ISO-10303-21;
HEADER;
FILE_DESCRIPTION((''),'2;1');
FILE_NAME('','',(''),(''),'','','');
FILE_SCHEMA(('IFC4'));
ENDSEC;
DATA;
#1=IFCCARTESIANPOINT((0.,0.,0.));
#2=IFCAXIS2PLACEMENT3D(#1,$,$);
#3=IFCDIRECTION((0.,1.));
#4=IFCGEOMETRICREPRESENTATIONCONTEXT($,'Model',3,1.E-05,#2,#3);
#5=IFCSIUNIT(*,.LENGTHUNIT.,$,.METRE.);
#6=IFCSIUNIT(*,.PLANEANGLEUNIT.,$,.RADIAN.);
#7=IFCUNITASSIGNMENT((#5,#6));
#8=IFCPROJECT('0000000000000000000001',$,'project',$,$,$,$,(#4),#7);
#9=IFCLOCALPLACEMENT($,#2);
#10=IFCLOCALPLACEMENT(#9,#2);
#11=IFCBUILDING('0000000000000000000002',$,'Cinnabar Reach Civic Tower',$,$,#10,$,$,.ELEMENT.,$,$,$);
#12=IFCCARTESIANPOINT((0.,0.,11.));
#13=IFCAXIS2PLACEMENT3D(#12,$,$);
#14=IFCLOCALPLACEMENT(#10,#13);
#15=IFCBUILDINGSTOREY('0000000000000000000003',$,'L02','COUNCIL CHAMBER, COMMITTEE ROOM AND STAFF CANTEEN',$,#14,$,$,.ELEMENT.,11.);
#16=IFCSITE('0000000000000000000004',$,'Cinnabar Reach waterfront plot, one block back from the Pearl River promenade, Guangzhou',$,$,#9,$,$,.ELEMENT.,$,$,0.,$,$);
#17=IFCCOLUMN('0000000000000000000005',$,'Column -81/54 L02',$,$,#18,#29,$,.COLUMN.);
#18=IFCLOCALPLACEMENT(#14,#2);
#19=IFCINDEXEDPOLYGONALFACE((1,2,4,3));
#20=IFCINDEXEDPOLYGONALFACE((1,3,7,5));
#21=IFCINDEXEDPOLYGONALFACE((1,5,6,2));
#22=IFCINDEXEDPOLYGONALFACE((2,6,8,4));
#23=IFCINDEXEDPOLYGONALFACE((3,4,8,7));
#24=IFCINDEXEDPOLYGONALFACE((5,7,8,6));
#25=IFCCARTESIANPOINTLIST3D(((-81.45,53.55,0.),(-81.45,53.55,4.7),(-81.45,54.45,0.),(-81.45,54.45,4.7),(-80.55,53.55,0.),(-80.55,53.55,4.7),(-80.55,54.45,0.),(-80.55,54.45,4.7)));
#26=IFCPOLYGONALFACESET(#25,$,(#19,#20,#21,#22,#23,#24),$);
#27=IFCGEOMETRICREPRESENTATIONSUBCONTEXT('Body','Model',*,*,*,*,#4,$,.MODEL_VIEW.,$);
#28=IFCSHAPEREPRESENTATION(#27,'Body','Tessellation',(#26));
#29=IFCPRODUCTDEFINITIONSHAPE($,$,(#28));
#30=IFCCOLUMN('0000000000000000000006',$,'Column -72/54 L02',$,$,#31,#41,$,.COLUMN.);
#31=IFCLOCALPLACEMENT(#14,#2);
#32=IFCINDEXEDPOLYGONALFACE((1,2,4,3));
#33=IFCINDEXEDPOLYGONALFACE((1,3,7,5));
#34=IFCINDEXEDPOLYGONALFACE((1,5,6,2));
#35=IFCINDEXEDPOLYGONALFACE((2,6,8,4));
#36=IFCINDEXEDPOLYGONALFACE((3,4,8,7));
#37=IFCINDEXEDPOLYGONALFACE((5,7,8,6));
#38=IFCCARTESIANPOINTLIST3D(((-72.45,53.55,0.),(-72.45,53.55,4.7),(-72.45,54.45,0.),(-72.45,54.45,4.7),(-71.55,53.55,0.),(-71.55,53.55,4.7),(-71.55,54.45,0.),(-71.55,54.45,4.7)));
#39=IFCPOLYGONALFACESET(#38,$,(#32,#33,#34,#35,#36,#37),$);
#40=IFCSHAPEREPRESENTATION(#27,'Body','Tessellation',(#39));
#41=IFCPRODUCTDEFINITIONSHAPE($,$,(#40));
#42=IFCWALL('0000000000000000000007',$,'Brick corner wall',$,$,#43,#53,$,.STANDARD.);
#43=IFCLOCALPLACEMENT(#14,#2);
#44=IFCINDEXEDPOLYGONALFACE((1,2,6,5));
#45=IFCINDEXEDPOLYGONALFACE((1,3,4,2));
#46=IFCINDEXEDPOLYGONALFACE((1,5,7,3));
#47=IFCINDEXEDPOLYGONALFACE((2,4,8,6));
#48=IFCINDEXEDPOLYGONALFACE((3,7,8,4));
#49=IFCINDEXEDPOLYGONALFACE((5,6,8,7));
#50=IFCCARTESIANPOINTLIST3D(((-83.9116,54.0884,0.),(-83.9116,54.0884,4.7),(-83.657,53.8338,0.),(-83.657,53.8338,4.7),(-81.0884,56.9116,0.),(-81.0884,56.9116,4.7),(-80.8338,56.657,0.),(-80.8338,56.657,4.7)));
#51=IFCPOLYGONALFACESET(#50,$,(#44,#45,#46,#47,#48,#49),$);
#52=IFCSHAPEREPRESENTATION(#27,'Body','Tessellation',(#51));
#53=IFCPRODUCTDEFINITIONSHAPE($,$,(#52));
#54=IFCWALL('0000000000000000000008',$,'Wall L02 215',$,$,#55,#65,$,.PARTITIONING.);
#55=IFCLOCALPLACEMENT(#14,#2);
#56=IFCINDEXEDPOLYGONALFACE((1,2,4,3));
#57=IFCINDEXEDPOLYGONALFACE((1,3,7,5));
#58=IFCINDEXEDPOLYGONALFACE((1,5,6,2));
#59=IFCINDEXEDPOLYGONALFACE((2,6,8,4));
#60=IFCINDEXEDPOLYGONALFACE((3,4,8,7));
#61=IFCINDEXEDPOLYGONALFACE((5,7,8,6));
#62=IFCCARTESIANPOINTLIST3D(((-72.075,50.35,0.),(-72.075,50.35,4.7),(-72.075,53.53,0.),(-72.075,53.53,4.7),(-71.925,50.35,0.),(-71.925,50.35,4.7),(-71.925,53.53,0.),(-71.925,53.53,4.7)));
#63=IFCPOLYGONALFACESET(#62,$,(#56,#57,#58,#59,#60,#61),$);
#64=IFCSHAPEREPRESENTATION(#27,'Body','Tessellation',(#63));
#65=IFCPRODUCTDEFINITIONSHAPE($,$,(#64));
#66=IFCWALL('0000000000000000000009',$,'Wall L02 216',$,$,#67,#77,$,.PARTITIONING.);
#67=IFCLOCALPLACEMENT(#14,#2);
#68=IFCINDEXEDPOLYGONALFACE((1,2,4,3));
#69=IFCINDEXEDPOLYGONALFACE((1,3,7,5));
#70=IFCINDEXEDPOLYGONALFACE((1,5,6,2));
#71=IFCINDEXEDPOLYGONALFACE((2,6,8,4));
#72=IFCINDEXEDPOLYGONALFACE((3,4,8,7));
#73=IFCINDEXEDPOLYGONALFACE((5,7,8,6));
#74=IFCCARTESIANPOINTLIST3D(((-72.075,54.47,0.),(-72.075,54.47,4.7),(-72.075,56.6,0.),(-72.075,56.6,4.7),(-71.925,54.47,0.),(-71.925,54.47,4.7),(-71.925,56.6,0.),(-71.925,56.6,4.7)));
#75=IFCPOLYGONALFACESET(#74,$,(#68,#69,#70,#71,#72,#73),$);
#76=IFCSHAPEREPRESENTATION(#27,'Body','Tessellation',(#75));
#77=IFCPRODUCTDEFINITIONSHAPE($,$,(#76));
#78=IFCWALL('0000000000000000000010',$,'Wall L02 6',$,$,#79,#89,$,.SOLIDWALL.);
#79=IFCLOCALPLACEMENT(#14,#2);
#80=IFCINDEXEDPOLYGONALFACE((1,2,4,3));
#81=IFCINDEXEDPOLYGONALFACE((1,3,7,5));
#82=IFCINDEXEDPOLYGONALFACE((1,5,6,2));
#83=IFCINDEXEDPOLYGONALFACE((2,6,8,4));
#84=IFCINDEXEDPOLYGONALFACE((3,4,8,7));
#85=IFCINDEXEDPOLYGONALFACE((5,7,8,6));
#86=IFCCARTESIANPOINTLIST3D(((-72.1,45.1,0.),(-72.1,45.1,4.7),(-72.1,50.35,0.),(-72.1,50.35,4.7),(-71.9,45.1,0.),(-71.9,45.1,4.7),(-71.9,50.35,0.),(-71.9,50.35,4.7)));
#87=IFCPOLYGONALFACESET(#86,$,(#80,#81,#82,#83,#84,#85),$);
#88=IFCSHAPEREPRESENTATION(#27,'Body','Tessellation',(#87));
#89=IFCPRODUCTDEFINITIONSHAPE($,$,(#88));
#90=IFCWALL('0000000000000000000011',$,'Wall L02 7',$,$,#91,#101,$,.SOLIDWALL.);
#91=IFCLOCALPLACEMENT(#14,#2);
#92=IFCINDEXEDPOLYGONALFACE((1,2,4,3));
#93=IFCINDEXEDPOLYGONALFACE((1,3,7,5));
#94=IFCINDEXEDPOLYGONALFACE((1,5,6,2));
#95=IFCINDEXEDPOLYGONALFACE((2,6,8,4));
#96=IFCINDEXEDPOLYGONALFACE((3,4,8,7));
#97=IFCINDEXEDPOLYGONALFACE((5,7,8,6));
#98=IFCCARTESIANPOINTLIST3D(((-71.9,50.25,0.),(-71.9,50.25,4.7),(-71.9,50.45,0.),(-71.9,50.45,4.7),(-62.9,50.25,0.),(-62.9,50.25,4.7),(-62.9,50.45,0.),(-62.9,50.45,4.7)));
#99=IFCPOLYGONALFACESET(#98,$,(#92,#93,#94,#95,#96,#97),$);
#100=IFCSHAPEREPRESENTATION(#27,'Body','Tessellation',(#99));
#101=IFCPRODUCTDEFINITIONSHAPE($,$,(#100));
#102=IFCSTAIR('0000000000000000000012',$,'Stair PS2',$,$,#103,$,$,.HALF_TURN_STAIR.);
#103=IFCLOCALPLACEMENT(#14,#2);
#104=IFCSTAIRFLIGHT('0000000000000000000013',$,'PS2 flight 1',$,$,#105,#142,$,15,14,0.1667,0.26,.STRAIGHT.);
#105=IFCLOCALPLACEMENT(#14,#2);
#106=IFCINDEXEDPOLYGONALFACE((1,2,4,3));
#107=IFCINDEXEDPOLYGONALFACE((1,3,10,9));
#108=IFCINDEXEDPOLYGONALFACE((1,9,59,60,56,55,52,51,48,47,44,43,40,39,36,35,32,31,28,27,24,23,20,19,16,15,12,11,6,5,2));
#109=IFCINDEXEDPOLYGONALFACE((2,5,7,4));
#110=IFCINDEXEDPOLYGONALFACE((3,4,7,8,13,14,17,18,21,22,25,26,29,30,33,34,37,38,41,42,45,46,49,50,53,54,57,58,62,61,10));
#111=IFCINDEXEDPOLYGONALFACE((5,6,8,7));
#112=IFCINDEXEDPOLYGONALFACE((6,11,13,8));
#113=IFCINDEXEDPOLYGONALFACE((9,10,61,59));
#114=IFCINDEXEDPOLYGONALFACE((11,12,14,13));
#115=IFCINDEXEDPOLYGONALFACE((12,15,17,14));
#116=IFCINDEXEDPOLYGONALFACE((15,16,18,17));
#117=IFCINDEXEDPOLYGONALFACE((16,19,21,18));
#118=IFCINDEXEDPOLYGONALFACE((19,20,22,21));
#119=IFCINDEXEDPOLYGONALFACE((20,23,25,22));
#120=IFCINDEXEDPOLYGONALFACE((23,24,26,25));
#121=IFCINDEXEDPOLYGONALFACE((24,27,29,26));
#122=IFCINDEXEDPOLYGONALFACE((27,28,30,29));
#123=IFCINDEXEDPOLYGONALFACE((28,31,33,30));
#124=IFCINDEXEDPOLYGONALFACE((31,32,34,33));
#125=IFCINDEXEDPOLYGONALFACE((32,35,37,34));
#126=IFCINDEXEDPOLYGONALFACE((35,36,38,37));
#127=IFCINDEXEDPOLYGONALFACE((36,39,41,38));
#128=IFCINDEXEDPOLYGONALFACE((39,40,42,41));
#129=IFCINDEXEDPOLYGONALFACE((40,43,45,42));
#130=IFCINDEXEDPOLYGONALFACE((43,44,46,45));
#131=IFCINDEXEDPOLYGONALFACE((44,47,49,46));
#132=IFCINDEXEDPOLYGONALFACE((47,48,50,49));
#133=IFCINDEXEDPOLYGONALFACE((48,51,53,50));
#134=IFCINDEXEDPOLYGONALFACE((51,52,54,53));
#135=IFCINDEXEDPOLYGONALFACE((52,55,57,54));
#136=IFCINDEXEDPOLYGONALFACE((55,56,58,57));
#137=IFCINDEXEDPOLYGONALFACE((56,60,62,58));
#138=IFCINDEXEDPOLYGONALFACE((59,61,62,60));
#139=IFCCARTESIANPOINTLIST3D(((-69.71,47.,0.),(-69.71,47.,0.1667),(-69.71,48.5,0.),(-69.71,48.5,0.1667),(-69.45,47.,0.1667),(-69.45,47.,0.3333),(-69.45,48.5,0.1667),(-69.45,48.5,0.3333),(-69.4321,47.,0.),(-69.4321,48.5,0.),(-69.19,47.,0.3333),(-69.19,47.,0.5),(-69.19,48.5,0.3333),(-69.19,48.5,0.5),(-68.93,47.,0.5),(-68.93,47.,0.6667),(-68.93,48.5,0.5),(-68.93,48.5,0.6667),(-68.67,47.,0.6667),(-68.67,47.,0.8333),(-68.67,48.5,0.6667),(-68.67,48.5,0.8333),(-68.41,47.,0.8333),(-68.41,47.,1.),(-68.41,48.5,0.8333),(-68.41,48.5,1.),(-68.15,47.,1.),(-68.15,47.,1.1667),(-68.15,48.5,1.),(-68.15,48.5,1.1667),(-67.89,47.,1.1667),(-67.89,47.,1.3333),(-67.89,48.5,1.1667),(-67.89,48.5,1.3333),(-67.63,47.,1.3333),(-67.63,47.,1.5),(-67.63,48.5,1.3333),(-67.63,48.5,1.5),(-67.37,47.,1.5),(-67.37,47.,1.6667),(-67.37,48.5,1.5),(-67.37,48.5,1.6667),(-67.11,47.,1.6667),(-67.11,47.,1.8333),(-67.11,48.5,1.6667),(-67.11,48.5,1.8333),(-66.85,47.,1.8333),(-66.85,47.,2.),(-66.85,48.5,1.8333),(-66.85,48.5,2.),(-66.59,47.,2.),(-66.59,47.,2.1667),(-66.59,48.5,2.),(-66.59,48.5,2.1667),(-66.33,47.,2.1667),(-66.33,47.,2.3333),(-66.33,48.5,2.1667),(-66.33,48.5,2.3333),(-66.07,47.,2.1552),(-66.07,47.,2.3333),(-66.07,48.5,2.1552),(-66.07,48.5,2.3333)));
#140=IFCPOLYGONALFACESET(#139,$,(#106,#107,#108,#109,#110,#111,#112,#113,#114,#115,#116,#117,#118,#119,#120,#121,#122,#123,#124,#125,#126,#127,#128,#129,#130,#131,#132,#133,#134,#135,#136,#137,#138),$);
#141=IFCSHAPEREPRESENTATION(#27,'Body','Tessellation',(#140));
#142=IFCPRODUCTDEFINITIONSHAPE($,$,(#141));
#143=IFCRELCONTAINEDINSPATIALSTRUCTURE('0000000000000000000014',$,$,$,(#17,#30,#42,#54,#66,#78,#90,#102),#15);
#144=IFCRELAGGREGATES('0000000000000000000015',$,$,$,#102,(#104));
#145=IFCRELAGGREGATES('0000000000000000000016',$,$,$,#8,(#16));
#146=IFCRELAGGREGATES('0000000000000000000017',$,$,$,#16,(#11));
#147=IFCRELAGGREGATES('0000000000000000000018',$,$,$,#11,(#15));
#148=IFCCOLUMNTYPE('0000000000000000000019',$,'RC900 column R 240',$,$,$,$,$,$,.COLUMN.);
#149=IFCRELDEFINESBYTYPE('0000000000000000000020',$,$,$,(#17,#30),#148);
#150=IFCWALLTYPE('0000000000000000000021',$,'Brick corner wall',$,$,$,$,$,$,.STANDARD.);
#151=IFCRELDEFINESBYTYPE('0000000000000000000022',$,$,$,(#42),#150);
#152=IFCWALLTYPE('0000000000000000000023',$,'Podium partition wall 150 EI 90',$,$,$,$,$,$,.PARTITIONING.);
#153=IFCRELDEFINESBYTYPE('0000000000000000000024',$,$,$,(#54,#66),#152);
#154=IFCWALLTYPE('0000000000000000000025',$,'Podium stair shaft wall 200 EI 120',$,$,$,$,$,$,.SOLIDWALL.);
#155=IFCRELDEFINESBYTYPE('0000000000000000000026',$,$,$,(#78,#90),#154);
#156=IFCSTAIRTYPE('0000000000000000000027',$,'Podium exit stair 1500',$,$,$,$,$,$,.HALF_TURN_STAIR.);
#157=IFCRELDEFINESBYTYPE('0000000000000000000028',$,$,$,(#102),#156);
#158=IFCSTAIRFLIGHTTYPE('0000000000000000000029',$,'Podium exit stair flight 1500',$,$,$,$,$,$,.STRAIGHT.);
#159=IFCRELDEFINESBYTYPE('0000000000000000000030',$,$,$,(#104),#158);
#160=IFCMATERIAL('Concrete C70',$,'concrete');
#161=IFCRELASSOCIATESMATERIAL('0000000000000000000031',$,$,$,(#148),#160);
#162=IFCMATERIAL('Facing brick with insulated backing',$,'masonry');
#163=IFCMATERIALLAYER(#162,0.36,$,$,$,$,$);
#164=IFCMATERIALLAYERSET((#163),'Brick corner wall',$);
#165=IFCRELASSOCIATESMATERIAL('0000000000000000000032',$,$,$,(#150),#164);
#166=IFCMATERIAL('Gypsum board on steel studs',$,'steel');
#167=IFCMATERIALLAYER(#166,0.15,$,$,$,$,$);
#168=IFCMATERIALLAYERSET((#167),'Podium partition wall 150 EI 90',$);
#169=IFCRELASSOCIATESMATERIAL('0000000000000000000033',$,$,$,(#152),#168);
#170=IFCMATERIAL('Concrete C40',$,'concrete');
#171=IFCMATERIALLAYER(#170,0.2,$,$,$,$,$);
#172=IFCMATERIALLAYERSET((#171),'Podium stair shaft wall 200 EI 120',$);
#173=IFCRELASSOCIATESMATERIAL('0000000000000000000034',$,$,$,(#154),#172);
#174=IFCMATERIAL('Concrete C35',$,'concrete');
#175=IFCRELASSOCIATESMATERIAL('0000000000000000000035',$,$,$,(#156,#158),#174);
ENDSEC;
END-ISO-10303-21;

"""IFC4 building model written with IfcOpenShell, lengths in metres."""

from ifc_helpers import new_model, si_unit, direction, frame, frame_2d, origin, origin_2d, place, context, subcontext, project, spatial, polyline, rectangle, outline, extrude, material, layer, layer_set, material_profile, profile_set, type_object, element, aggregate, save


model = new_model("IFC4")

# Units and contexts
model_context = context("Model", 3, precision=1e-05, world=origin(), true_north=direction((0.0, 1.0)))
body_context = subcontext(model_context, "Body", "Model", "MODEL_VIEW")
ifc_project = project(units=[si_unit("LENGTHUNIT", "METRE"), si_unit("PLANEANGLEUNIT", "RADIAN")], contexts=[model_context])

# Site, building, storey
site_placement = place(None, origin())
site = spatial("IfcSite", under=ifc_project, at=site_placement, Name="Cinnabar Reach waterfront plot, one block back from the Pearl River promenade, Guangzhou", CompositionType="ELEMENT", RefElevation=0.0)
building_placement = place(site_placement, origin())
building = spatial("IfcBuilding", under=site, at=building_placement, Name="Cinnabar Reach Civic Tower", CompositionType="ELEMENT")
storey_placement = place(building_placement, frame((0.0, 0.0, 11.0)))
storey = spatial("IfcBuildingStorey", under=building, at=storey_placement, Name="L02", Description="COUNCIL CHAMBER, COMMITTEE ROOM AND STAFF CANTEEN", CompositionType="ELEMENT", Elevation=11.0)

# Columns
ifc_material_1 = material(Name="Concrete C70", Category="concrete")
ifc_material_profile = material_profile(ifc_material_1, rectangle(XDim=0.9, YDim=0.9, at=origin_2d()), Name="RC900")
ifc_profile_set = profile_set([ifc_material_profile], Name="Concrete C70")
column_type = type_object("IfcColumnType", Name="RC900 column R 240", PredefinedType="COLUMN", material=ifc_profile_set)
for number, where, z_axis, x_axis, name in (
    (1, (-81.0, 54.0, 0.0), (0.0, 0.0, 1.0), (1.0, 0.0, 0.0), "Column -81/54 L02"),
    (2, (-72.0, 54.0, 0.0), (0.0, 0.0, 1.0), (1.0, 0.0, 0.0), "Column -72/54 L02"),
):
    element("IfcColumn", number, at=place(storey_placement, frame(where, z_axis=z_axis, x_axis=x_axis)), inside=storey, type_object=column_type, Name=name, PredefinedType="COLUMN", context=body_context, shape_type="SweptSolid", body=[
        extrude(rectangle(XDim=0.9, YDim=0.9, at=origin_2d()), origin(), (0.0, 0.0, 1.0), 4.7),
    ])

# Wall
ifc_material_2 = material(Name="Facing brick with insulated backing", Category="masonry")
ifc_layer_1 = layer(ifc_material_2, 0.36)
ifc_layer_set_1 = layer_set([ifc_layer_1], Name="Brick corner wall")
wall_type_1 = type_object("IfcWallType", Name="Brick corner wall", PredefinedType="STANDARD", material=ifc_layer_set_1)
wall_1_placement = place(storey_placement, frame((-80.9611, 56.7843, 0.0), z_axis=(0.0, 0.0, 1.0), x_axis=(-0.707107, -0.707107, 0.0)))
element("IfcWall", 3, at=wall_1_placement, inside=storey, type_object=wall_type_1, Name="Brick corner wall", PredefinedType="STANDARD", context=body_context, shape_type="SweptSolid", body=[
    extrude(rectangle(XDim=3.9926, YDim=0.36, at=frame_2d((1.9963, 0.0))), origin(), (0.0, 0.0, 1.0), 4.7),
])

# Walls
ifc_material_3 = material(Name="Gypsum board on steel studs", Category="steel")
ifc_layer_2 = layer(ifc_material_3, 0.15)
ifc_layer_set_2 = layer_set([ifc_layer_2], Name="Podium partition wall 150 EI 90")
wall_type_2 = type_object("IfcWallType", Name="Podium partition wall 150 EI 90", PredefinedType="PARTITIONING", material=ifc_layer_set_2)
wall_2_placement = place(storey_placement, frame((-72.0, 50.35, 0.0), z_axis=(0.0, 0.0, 1.0), x_axis=(0.0, 1.0, 0.0)))
element("IfcWall", 4, at=wall_2_placement, inside=storey, type_object=wall_type_2, Name="Wall L02 215", PredefinedType="PARTITIONING", context=body_context, shape_type="SweptSolid", body=[
    extrude(rectangle(XDim=3.18, YDim=0.15, at=frame_2d((1.59, 0.0))), origin(), (0.0, 0.0, 1.0), 4.7),
])
wall_3_placement = place(storey_placement, frame((-72.0, 54.47, 0.0), z_axis=(0.0, 0.0, 1.0), x_axis=(0.0, 1.0, 0.0)))
element("IfcWall", 5, at=wall_3_placement, inside=storey, type_object=wall_type_2, Name="Wall L02 216", PredefinedType="PARTITIONING", context=body_context, shape_type="SweptSolid", body=[
    extrude(rectangle(XDim=2.13, YDim=0.15, at=frame_2d((1.065, 0.0))), origin(), (0.0, 0.0, 1.0), 4.7),
])
ifc_material_4 = material(Name="Concrete C40", Category="concrete")
ifc_layer_3 = layer(ifc_material_4, 0.2)
ifc_layer_set_3 = layer_set([ifc_layer_3], Name="Podium stair shaft wall 200 EI 120")
wall_type_3 = type_object("IfcWallType", Name="Podium stair shaft wall 200 EI 120", PredefinedType="SOLIDWALL", material=ifc_layer_set_3)
wall_4_placement = place(storey_placement, frame((-72.0, 45.1, 0.0), z_axis=(0.0, 0.0, 1.0), x_axis=(0.0, 1.0, 0.0)))
element("IfcWall", 6, at=wall_4_placement, inside=storey, type_object=wall_type_3, Name="Wall L02 6", PredefinedType="SOLIDWALL", context=body_context, shape_type="SweptSolid", body=[
    extrude(rectangle(XDim=5.25, YDim=0.2, at=frame_2d((2.625, 0.0))), origin(), (0.0, 0.0, 1.0), 4.7),
])
wall_5_placement = place(storey_placement, frame((-71.9, 50.35, 0.0), z_axis=(0.0, 0.0, 1.0), x_axis=(1.0, 0.0, 0.0)))
element("IfcWall", 7, at=wall_5_placement, inside=storey, type_object=wall_type_3, Name="Wall L02 7", PredefinedType="SOLIDWALL", context=body_context, shape_type="SweptSolid", body=[
    extrude(rectangle(XDim=9.0, YDim=0.2, at=frame_2d((4.5, 0.0))), origin(), (0.0, 0.0, 1.0), 4.7),
])

# Stair, stair flight
ifc_material_5 = material(Name="Concrete C35", Category="concrete")
stair_type = type_object("IfcStairType", Name="Podium exit stair 1500", PredefinedType="HALF_TURN_STAIR", material=ifc_material_5)
stair_placement = place(storey_placement, origin())
stair = element("IfcStair", 8, at=stair_placement, inside=storey, type_object=stair_type, Name="Stair PS2", PredefinedType="HALF_TURN_STAIR")
stair_flight_type = type_object("IfcStairFlightType", Name="Podium exit stair flight 1500", PredefinedType="STRAIGHT", material=ifc_material_5)
stair_flight_placement = place(storey_placement, frame((-69.71, 47.75, 0.0), z_axis=(0.0, 0.0, 1.0), x_axis=(1.0, 0.0, 0.0)))
stair_flight = element("IfcStairFlight", 9, at=stair_flight_placement, type_object=stair_flight_type, Name="PS2 flight 1", NumberOfRisers=15, NumberOfTreads=14, PredefinedType="STRAIGHT", RiserHeight=0.1667, TreadLength=0.26, context=body_context, shape_type="SweptSolid", body=[
    extrude(outline(polyline([(0.0, 0.0), (0.0, 0.1667), (0.26, 0.1667), (0.26, 0.3333), (0.52, 0.3333), (0.52, 0.5), (0.78, 0.5), (0.78, 0.6667), (1.04, 0.6667), (1.04, 0.8333), (1.3, 0.8333), (1.3, 1.0), (1.56, 1.0), (1.56, 1.1667), (1.82, 1.1667), (1.82, 1.3333), (2.08, 1.3333), (2.08, 1.5), (2.34, 1.5), (2.34, 1.6667), (2.6, 1.6667), (2.6, 1.8333), (2.86, 1.8333), (2.86, 2.0), (3.12, 2.0), (3.12, 2.1667), (3.38, 2.1667), (3.38, 2.3333), (3.64, 2.3333), (3.64, 2.5), (3.64, 2.1552), (0.2779, 0.0), (0.0, 0.0)])), frame((0.0, 0.75, 0.0), z_axis=(0.0, -1.0, 0.0), x_axis=(1.0, 0.0, 0.0)), (0.0, 0.0, 1.0), 1.5),
])
aggregate(stair, [stair_flight])

save(model, "model.ifc")
